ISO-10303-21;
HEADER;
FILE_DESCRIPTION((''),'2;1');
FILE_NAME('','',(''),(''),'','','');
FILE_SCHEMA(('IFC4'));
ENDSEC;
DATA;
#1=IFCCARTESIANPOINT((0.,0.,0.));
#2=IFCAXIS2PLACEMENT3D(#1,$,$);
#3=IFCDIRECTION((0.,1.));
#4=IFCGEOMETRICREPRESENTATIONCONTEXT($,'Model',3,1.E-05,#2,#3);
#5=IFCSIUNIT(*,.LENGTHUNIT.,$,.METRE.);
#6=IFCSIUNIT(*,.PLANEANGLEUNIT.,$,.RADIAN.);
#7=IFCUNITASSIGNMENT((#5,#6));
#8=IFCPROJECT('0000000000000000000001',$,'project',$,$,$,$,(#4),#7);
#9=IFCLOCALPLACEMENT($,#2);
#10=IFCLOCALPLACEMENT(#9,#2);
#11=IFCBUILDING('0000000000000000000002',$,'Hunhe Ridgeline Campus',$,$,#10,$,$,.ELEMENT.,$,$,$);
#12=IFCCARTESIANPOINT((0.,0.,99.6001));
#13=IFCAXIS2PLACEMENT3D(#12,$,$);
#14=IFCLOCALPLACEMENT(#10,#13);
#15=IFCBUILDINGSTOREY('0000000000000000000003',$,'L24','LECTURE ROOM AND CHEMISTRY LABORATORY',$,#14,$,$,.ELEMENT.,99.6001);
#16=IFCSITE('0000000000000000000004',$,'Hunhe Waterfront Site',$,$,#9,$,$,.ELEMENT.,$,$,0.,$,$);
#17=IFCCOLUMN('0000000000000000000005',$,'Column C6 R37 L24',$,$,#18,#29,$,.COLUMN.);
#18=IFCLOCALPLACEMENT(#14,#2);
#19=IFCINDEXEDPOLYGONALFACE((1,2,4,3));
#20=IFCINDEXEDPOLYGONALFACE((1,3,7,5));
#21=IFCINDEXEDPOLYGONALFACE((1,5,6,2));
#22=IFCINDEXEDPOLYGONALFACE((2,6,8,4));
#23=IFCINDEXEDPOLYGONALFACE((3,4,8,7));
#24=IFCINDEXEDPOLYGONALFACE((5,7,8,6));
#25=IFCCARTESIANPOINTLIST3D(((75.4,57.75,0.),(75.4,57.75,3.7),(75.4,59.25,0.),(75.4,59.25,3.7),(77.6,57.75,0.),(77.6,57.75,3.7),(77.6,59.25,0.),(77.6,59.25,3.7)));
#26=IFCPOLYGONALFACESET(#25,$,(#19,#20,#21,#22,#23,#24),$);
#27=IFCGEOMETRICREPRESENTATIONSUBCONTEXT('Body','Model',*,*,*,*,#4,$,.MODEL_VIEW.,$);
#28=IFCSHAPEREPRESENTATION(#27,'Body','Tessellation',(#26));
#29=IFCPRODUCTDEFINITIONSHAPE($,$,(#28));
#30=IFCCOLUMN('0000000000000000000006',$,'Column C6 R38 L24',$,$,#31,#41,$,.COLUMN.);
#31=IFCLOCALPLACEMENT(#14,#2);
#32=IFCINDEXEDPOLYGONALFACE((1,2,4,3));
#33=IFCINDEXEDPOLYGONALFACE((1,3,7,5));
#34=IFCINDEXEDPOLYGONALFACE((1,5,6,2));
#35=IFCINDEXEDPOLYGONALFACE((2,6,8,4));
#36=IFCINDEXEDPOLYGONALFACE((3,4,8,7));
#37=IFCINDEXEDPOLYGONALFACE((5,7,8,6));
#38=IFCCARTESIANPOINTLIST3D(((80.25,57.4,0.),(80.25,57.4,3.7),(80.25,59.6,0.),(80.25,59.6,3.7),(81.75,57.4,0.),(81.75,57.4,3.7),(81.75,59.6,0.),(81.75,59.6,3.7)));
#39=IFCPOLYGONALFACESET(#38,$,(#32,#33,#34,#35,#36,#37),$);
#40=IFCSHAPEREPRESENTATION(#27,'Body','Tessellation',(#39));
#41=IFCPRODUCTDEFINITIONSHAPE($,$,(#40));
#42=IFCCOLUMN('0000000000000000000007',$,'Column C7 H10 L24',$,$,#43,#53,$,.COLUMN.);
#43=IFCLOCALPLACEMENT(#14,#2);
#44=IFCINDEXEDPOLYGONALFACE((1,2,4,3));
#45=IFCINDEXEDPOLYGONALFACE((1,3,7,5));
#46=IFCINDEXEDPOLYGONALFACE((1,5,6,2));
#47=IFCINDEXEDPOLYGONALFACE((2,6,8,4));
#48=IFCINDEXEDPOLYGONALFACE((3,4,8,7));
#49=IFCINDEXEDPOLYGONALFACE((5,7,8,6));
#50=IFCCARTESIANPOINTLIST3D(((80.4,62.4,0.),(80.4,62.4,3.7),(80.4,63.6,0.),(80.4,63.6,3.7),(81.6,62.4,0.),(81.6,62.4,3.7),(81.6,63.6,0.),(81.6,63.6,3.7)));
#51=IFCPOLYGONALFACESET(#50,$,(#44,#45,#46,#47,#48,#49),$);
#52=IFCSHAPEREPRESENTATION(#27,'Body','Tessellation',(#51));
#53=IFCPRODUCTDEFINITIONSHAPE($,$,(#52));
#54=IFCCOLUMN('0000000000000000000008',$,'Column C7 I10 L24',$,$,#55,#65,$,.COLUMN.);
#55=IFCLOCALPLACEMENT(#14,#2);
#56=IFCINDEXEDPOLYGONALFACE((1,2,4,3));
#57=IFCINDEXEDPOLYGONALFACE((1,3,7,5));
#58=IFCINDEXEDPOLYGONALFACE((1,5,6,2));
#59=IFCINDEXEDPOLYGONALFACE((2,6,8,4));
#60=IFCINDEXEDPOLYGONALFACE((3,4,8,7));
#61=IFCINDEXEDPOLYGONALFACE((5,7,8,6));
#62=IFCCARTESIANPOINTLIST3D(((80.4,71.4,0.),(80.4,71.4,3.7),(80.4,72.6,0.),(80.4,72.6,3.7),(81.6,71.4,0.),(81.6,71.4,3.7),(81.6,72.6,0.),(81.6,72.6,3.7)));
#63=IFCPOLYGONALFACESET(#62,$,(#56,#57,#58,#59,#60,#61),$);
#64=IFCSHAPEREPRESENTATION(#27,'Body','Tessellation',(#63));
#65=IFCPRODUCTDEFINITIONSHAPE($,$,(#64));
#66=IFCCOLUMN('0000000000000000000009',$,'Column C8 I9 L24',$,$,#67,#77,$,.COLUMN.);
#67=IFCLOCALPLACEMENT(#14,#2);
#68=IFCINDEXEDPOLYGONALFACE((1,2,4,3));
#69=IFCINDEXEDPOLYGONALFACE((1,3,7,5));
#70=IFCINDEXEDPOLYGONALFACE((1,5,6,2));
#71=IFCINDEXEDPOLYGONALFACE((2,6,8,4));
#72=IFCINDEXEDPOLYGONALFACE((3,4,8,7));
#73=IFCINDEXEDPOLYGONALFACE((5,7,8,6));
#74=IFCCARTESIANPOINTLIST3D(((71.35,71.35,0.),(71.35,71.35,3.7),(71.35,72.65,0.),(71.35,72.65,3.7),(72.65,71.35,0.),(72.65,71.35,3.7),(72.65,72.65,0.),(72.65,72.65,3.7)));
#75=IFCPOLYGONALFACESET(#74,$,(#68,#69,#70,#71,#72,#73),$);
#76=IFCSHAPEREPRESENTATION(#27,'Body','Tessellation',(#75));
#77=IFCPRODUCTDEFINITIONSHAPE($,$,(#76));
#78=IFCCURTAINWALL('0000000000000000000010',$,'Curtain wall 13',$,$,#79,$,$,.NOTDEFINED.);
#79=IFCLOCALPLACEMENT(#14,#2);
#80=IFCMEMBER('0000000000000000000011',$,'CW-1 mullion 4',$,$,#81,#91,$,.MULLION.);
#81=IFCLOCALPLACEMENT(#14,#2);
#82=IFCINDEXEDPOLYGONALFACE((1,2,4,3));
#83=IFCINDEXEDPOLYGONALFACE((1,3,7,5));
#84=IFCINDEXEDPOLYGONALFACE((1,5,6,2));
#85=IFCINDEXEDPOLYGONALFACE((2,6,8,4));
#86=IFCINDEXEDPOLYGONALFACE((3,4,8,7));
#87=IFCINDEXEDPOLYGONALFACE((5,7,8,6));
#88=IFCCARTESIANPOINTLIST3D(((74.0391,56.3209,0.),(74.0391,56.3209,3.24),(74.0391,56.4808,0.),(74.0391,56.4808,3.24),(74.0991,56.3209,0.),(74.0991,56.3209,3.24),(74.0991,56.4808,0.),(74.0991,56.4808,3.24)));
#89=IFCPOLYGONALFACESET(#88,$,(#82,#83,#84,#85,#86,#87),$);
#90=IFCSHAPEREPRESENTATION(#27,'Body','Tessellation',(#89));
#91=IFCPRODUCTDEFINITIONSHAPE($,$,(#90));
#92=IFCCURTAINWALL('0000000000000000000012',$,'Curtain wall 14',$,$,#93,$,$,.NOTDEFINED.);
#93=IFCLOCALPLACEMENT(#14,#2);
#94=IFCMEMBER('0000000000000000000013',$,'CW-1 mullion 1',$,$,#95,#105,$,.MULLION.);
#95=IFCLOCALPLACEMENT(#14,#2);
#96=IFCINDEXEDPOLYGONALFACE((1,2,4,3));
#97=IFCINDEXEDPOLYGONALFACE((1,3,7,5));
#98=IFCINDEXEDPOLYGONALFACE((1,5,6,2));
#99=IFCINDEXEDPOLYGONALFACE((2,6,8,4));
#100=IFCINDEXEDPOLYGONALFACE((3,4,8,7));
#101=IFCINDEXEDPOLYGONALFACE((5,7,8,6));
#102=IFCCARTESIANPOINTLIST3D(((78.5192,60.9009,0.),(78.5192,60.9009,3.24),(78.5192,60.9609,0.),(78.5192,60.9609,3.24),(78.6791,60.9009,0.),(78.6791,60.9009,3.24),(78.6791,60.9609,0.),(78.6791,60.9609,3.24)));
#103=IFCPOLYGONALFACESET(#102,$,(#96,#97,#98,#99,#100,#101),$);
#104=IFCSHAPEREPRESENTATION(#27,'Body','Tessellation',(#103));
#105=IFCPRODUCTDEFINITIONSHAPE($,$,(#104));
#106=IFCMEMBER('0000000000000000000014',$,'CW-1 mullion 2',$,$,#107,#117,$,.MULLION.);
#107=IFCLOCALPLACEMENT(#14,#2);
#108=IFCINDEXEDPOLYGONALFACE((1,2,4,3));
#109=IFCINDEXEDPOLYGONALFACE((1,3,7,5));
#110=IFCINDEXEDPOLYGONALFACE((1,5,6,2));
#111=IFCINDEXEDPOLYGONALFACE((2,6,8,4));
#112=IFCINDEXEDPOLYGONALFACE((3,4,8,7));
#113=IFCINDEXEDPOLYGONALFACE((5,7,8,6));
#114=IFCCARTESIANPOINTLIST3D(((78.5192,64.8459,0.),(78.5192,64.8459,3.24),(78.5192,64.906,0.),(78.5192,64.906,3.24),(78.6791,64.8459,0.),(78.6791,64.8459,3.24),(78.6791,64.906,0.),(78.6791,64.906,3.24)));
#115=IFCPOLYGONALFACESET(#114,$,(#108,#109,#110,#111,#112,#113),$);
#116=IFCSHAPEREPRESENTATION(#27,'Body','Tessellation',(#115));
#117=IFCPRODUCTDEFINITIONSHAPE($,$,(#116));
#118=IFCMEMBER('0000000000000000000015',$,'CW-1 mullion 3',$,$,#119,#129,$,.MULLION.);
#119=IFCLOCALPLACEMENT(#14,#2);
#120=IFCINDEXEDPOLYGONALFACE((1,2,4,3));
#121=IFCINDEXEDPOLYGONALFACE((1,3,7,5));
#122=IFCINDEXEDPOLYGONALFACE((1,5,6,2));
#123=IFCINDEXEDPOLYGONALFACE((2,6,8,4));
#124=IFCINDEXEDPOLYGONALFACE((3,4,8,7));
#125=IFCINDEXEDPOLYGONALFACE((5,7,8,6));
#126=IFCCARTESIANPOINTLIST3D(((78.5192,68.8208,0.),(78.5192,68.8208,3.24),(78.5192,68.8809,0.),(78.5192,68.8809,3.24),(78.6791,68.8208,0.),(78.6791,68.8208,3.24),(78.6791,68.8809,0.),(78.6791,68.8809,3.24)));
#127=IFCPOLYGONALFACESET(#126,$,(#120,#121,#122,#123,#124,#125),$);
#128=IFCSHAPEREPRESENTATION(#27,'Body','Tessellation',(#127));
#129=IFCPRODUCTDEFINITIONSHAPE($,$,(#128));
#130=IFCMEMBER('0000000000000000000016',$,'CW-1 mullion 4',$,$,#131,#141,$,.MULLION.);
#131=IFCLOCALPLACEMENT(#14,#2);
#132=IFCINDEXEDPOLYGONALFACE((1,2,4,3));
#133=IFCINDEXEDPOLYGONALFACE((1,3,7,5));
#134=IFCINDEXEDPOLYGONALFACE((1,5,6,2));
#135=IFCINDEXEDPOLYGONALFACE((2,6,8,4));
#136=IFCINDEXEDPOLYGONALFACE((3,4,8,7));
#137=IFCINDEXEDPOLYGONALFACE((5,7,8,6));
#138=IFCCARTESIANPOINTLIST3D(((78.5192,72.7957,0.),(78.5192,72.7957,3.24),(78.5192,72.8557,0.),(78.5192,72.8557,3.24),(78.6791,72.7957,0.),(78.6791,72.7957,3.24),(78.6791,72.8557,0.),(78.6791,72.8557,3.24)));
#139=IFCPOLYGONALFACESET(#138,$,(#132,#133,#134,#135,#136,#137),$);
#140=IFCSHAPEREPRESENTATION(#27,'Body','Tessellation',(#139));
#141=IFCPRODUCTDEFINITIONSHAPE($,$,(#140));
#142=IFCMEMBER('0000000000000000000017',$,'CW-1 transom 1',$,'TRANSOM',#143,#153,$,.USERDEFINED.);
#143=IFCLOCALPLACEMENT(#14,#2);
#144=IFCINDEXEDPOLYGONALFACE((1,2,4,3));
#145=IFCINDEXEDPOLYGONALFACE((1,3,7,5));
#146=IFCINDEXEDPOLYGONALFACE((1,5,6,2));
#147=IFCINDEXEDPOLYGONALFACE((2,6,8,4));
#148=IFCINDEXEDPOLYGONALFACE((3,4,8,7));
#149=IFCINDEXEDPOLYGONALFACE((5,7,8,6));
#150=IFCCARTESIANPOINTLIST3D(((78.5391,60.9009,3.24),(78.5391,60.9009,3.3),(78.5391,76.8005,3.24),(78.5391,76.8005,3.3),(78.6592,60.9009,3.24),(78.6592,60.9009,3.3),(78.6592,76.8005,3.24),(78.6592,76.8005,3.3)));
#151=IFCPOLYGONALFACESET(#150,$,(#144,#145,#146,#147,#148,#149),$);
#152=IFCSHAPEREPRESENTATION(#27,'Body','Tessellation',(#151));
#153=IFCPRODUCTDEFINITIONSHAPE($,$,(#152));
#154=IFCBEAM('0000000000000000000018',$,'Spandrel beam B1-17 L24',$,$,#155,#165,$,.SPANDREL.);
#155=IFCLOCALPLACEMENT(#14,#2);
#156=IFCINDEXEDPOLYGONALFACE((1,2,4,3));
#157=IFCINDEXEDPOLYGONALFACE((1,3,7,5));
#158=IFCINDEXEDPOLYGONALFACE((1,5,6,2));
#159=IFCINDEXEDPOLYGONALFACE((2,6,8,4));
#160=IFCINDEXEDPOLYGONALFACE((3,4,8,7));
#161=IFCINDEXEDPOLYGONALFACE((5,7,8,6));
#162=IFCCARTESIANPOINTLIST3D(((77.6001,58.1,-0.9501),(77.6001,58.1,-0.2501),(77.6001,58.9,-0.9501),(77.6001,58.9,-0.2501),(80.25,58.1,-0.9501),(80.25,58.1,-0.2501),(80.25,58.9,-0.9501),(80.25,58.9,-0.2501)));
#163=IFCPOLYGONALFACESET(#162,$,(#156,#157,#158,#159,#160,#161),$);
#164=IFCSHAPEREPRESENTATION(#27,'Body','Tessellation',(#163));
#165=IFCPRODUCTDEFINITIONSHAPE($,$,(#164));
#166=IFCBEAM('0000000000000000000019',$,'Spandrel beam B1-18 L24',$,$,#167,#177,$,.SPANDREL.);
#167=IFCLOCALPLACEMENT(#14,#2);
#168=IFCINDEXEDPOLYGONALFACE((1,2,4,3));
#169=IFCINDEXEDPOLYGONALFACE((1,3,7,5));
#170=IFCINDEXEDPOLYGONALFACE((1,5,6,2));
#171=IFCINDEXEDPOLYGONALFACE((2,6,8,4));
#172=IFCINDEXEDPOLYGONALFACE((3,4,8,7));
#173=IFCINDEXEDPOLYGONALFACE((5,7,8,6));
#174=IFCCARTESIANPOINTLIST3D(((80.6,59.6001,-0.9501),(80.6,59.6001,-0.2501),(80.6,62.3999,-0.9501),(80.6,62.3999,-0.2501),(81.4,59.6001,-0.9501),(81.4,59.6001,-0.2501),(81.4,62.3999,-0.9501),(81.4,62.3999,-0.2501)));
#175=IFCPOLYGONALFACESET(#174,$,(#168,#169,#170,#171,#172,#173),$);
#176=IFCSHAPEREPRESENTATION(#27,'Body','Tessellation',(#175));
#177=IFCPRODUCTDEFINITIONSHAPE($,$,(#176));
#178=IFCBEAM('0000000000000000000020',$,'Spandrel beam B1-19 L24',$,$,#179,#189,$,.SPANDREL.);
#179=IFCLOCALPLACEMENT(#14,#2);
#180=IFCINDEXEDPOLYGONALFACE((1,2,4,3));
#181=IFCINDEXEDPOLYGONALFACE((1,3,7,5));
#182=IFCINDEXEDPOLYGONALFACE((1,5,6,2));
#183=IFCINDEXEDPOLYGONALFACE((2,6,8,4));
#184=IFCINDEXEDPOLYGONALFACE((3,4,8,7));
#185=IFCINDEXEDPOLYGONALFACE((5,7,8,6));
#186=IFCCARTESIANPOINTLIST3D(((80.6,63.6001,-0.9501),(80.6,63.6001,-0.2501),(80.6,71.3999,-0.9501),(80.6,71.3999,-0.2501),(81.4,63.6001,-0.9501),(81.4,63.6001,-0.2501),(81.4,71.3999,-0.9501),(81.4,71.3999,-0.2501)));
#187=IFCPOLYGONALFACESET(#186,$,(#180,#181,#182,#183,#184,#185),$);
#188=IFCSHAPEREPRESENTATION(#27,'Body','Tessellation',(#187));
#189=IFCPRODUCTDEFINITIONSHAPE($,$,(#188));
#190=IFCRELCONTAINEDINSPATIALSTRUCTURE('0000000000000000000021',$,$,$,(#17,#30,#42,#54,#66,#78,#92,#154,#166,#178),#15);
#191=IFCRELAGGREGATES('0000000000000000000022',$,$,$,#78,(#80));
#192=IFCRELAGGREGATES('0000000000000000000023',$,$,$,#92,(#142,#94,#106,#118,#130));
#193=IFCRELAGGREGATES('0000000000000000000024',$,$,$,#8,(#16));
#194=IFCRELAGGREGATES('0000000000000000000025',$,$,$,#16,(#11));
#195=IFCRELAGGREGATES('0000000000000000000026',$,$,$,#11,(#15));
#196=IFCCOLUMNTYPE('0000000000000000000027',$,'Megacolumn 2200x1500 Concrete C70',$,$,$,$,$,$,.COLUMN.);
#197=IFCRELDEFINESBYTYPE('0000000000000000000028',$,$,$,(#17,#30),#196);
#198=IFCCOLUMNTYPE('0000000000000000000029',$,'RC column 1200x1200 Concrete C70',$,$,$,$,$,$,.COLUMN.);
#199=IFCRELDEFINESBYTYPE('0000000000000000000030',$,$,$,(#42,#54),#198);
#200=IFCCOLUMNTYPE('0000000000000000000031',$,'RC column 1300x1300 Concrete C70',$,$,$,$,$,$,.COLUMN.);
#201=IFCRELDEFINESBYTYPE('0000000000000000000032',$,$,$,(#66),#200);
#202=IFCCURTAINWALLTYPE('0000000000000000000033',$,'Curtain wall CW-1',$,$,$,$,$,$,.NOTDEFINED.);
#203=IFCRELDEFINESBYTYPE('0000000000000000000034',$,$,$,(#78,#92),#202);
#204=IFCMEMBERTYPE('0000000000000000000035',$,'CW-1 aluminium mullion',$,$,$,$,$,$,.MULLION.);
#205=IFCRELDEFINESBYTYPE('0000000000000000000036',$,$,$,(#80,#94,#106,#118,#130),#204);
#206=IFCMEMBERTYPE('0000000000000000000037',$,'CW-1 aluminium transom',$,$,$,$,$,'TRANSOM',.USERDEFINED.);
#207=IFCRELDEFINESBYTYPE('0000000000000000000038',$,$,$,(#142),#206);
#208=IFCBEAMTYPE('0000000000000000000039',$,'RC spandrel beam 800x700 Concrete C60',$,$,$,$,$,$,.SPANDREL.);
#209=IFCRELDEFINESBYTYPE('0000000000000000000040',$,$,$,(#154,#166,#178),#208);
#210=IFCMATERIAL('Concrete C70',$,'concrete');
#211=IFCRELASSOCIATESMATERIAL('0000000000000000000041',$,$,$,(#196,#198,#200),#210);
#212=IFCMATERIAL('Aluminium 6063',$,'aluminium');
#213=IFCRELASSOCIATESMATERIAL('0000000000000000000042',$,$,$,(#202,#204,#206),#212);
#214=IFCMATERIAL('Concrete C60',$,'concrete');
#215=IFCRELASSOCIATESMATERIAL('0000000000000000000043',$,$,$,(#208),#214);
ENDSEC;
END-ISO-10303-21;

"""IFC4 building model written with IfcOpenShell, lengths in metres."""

from ifc_helpers import new_model, si_unit, direction, frame, origin, origin_2d, place, context, subcontext, project, spatial, rectangle, extrude, material, material_profile, profile_set, type_object, element, aggregate, save


model = new_model("IFC4")

# Units and contexts
model_context = context("Model", 3, precision=1e-05, world=origin(), true_north=direction((0.0, 1.0)))
body_context = subcontext(model_context, "Body", "Model", "MODEL_VIEW")
ifc_project = project(units=[si_unit("LENGTHUNIT", "METRE"), si_unit("PLANEANGLEUNIT", "RADIAN")], contexts=[model_context])

# Site, building, storey
site_placement = place(None, origin())
site = spatial("IfcSite", under=ifc_project, at=site_placement, Name="Hunhe Waterfront Site", CompositionType="ELEMENT", RefElevation=0.0)
building_placement = place(site_placement, origin())
building = spatial("IfcBuilding", under=site, at=building_placement, Name="Hunhe Ridgeline Campus", CompositionType="ELEMENT")
storey_placement = place(building_placement, frame((0.0, 0.0, 99.6001)))
storey = spatial("IfcBuildingStorey", under=building, at=storey_placement, Name="L24", Description="LECTURE ROOM AND CHEMISTRY LABORATORY", CompositionType="ELEMENT", Elevation=99.6001)

# Columns
ifc_material_1 = material(Name="Concrete C70", Category="concrete")
ifc_material_profile_1 = material_profile(ifc_material_1, rectangle(XDim=2.2, YDim=1.5, at=origin_2d()))
ifc_profile_set_1 = profile_set([ifc_material_profile_1], Name="Concrete C70")
column_type_1 = type_object("IfcColumnType", Name="Megacolumn 2200x1500 Concrete C70", PredefinedType="COLUMN", material=ifc_profile_set_1)
for number, where, z_axis, x_axis, name in (
    (1, (76.5, 58.5, 0.0), (0.0, 0.0, 1.0), (1.0, 0.0, 0.0), "Column C6 R37 L24"),
    (2, (81.0, 58.5, 0.0), (0.0, 0.0, 1.0), (0.0, 1.0, 0.0), "Column C6 R38 L24"),
):
    element("IfcColumn", number, at=place(storey_placement, frame(where, z_axis=z_axis, x_axis=x_axis)), inside=storey, type_object=column_type_1, Name=name, PredefinedType="COLUMN", context=body_context, shape_type="SweptSolid", body=[
        extrude(rectangle(XDim=2.2, YDim=1.5, at=origin_2d()), origin(), (0.0, 0.0, 1.0), 3.7),
    ])
ifc_material_profile_2 = material_profile(ifc_material_1, rectangle(XDim=1.2, YDim=1.2, at=origin_2d()))
ifc_profile_set_2 = profile_set([ifc_material_profile_2], Name="Concrete C70")
column_type_2 = type_object("IfcColumnType", Name="RC column 1200x1200 Concrete C70", PredefinedType="COLUMN", material=ifc_profile_set_2)
for number, where, z_axis, x_axis, name in (
    (3, (81.0, 63.0, 0.0), (0.0, 0.0, 1.0), (1.0, 0.0, 0.0), "Column C7 H10 L24"),
    (4, (81.0, 72.0, 0.0), (0.0, 0.0, 1.0), (1.0, 0.0, 0.0), "Column C7 I10 L24"),
):
    element("IfcColumn", number, at=place(storey_placement, frame(where, z_axis=z_axis, x_axis=x_axis)), inside=storey, type_object=column_type_2, Name=name, PredefinedType="COLUMN", context=body_context, shape_type="SweptSolid", body=[
        extrude(rectangle(XDim=1.2, YDim=1.2, at=origin_2d()), origin(), (0.0, 0.0, 1.0), 3.7),
    ])
ifc_material_profile_3 = material_profile(ifc_material_1, rectangle(XDim=1.3, YDim=1.3, at=origin_2d()))
ifc_profile_set_3 = profile_set([ifc_material_profile_3], Name="Concrete C70")
column_type_3 = type_object("IfcColumnType", Name="RC column 1300x1300 Concrete C70", PredefinedType="COLUMN", material=ifc_profile_set_3)
column_placement = place(storey_placement, frame((72.0, 72.0, 0.0), z_axis=(0.0, 0.0, 1.0), x_axis=(1.0, 0.0, 0.0)))
element("IfcColumn", 5, at=column_placement, inside=storey, type_object=column_type_3, Name="Column C8 I9 L24", PredefinedType="COLUMN", context=body_context, shape_type="SweptSolid", body=[
    extrude(rectangle(XDim=1.3, YDim=1.3, at=origin_2d()), origin(), (0.0, 0.0, 1.0), 3.7),
])

# Curtain wall, member
ifc_material_2 = material(Name="Aluminium 6063", Category="aluminium")
curtain_wall_type = type_object("IfcCurtainWallType", Name="Curtain wall CW-1", PredefinedType="NOTDEFINED", material=ifc_material_2)
curtain_wall_1_placement = place(storey_placement, origin())
curtain_wall_1 = element("IfcCurtainWall", 6, at=curtain_wall_1_placement, inside=storey, type_object=curtain_wall_type, Name="Curtain wall 13", PredefinedType="NOTDEFINED")
ifc_material_profile_4 = material_profile(ifc_material_2, rectangle(XDim=0.1599, YDim=0.0601, at=origin_2d()))
ifc_profile_set_4 = profile_set([ifc_material_profile_4], Name="Aluminium 6063")
member_type_1 = type_object("IfcMemberType", Name="CW-1 aluminium mullion", PredefinedType="MULLION", material=ifc_profile_set_4)
member_1_placement = place(storey_placement, frame((74.0691, 56.4009, 0.0), z_axis=(0.0, 0.0, 1.0), x_axis=(0.0, 1.0, 0.0)))
member_1 = element("IfcMember", 7, at=member_1_placement, type_object=member_type_1, Name="CW-1 mullion 4", PredefinedType="MULLION", context=body_context, shape_type="SweptSolid", body=[
    extrude(rectangle(XDim=0.1599, YDim=0.0601, at=origin_2d()), origin(), (0.0, 0.0, 1.0), 3.24),
])
aggregate(curtain_wall_1, [member_1])

# Curtain wall, members
curtain_wall_2_placement = place(storey_placement, origin())
curtain_wall_2 = element("IfcCurtainWall", 8, at=curtain_wall_2_placement, inside=storey, type_object=curtain_wall_type, Name="Curtain wall 14", PredefinedType="NOTDEFINED")
member_2_placement = place(storey_placement, frame((78.5991, 60.9309, 0.0), z_axis=(0.0, 0.0, 1.0), x_axis=(-1.0, 0.0, 0.0)))
member_2 = element("IfcMember", 9, at=member_2_placement, type_object=member_type_1, Name="CW-1 mullion 1", PredefinedType="MULLION", context=body_context, shape_type="SweptSolid", body=[
    extrude(rectangle(XDim=0.1599, YDim=0.0601, at=origin_2d()), origin(), (0.0, 0.0, 1.0), 3.24),
])
member_3_placement = place(storey_placement, frame((78.5991, 64.876, 0.0), z_axis=(0.0, 0.0, 1.0), x_axis=(-1.0, 0.0, 0.0)))
member_3 = element("IfcMember", 10, at=member_3_placement, type_object=member_type_1, Name="CW-1 mullion 2", PredefinedType="MULLION", context=body_context, shape_type="SweptSolid", body=[
    extrude(rectangle(XDim=0.1599, YDim=0.0601, at=origin_2d()), origin(), (0.0, 0.0, 1.0), 3.24),
])
member_4_placement = place(storey_placement, frame((78.5991, 68.8508, 0.0), z_axis=(0.0, 0.0, 1.0), x_axis=(-1.0, 0.0, 0.0)))
member_4 = element("IfcMember", 11, at=member_4_placement, type_object=member_type_1, Name="CW-1 mullion 3", PredefinedType="MULLION", context=body_context, shape_type="SweptSolid", body=[
    extrude(rectangle(XDim=0.1599, YDim=0.0601, at=origin_2d()), origin(), (0.0, 0.0, 1.0), 3.24),
])
member_5_placement = place(storey_placement, frame((78.5991, 72.8257, 0.0), z_axis=(0.0, 0.0, 1.0), x_axis=(-1.0, 0.0, 0.0)))
member_5 = element("IfcMember", 12, at=member_5_placement, type_object=member_type_1, Name="CW-1 mullion 4", PredefinedType="MULLION", context=body_context, shape_type="SweptSolid", body=[
    extrude(rectangle(XDim=0.1599, YDim=0.0601, at=origin_2d()), origin(), (0.0, 0.0, 1.0), 3.24),
])
ifc_material_profile_5 = material_profile(ifc_material_2, rectangle(XDim=0.1201, YDim=0.0601, at=origin_2d()))
ifc_profile_set_5 = profile_set([ifc_material_profile_5], Name="Aluminium 6063")
member_type_2 = type_object("IfcMemberType", Name="CW-1 aluminium transom", ElementType="TRANSOM", PredefinedType="USERDEFINED", material=ifc_profile_set_5)
member_6_placement = place(storey_placement, frame((78.5991, 60.9009, 3.27), z_axis=(0.0, 1.0, 0.0), x_axis=(-1.0, 0.0, 0.0)))
member_6 = element("IfcMember", 13, at=member_6_placement, type_object=member_type_2, Name="CW-1 transom 1", ObjectType="TRANSOM", PredefinedType="USERDEFINED", context=body_context, shape_type="SweptSolid", body=[
    extrude(rectangle(XDim=0.1201, YDim=0.0601, at=origin_2d()), origin(), (0.0, 0.0, 1.0), 15.8997),
])

# Beams
ifc_material_3 = material(Name="Concrete C60", Category="concrete")
ifc_material_profile_6 = material_profile(ifc_material_3, rectangle(XDim=0.8, YDim=0.7, at=origin_2d()))
ifc_profile_set_6 = profile_set([ifc_material_profile_6], Name="Concrete C60")
beam_type = type_object("IfcBeamType", Name="RC spandrel beam 800x700 Concrete C60", PredefinedType="SPANDREL", material=ifc_profile_set_6)
beam_1_placement = place(storey_placement, frame((77.6001, 58.5, -0.6001), z_axis=(1.0, 0.0, 0.0), x_axis=(0.0, 1.0, 0.0)))
element("IfcBeam", 14, at=beam_1_placement, inside=storey, type_object=beam_type, Name="Spandrel beam B1-17 L24", PredefinedType="SPANDREL", context=body_context, shape_type="SweptSolid", body=[
    extrude(rectangle(XDim=0.8, YDim=0.7, at=origin_2d()), origin(), (0.0, 0.0, 1.0), 2.6499),
])
beam_2_placement = place(storey_placement, frame((81.0, 59.6001, -0.6001), z_axis=(0.0, 1.0, 0.0), x_axis=(-1.0, 0.0, 0.0)))
element("IfcBeam", 15, at=beam_2_placement, inside=storey, type_object=beam_type, Name="Spandrel beam B1-18 L24", PredefinedType="SPANDREL", context=body_context, shape_type="SweptSolid", body=[
    extrude(rectangle(XDim=0.8, YDim=0.7, at=origin_2d()), origin(), (0.0, 0.0, 1.0), 2.7998),
])
for number, where, z_axis, x_axis, name in (
    (16, (81.0, 63.6001, -0.6001), (0.0, 1.0, 0.0), (-1.0, 0.0, 0.0), "Spandrel beam B1-19 L24"),
):
    element("IfcBeam", number, at=place(storey_placement, frame(where, z_axis=z_axis, x_axis=x_axis)), inside=storey, type_object=beam_type, Name=name, PredefinedType="SPANDREL", context=body_context, shape_type="SweptSolid", body=[
        extrude(rectangle(XDim=0.8, YDim=0.7, at=origin_2d()), origin(), (0.0, 0.0, 1.0), 7.7998),
    ])

aggregate(curtain_wall_2, [member_6, member_2, member_3, member_4, member_5])

save(model, "model.ifc")
